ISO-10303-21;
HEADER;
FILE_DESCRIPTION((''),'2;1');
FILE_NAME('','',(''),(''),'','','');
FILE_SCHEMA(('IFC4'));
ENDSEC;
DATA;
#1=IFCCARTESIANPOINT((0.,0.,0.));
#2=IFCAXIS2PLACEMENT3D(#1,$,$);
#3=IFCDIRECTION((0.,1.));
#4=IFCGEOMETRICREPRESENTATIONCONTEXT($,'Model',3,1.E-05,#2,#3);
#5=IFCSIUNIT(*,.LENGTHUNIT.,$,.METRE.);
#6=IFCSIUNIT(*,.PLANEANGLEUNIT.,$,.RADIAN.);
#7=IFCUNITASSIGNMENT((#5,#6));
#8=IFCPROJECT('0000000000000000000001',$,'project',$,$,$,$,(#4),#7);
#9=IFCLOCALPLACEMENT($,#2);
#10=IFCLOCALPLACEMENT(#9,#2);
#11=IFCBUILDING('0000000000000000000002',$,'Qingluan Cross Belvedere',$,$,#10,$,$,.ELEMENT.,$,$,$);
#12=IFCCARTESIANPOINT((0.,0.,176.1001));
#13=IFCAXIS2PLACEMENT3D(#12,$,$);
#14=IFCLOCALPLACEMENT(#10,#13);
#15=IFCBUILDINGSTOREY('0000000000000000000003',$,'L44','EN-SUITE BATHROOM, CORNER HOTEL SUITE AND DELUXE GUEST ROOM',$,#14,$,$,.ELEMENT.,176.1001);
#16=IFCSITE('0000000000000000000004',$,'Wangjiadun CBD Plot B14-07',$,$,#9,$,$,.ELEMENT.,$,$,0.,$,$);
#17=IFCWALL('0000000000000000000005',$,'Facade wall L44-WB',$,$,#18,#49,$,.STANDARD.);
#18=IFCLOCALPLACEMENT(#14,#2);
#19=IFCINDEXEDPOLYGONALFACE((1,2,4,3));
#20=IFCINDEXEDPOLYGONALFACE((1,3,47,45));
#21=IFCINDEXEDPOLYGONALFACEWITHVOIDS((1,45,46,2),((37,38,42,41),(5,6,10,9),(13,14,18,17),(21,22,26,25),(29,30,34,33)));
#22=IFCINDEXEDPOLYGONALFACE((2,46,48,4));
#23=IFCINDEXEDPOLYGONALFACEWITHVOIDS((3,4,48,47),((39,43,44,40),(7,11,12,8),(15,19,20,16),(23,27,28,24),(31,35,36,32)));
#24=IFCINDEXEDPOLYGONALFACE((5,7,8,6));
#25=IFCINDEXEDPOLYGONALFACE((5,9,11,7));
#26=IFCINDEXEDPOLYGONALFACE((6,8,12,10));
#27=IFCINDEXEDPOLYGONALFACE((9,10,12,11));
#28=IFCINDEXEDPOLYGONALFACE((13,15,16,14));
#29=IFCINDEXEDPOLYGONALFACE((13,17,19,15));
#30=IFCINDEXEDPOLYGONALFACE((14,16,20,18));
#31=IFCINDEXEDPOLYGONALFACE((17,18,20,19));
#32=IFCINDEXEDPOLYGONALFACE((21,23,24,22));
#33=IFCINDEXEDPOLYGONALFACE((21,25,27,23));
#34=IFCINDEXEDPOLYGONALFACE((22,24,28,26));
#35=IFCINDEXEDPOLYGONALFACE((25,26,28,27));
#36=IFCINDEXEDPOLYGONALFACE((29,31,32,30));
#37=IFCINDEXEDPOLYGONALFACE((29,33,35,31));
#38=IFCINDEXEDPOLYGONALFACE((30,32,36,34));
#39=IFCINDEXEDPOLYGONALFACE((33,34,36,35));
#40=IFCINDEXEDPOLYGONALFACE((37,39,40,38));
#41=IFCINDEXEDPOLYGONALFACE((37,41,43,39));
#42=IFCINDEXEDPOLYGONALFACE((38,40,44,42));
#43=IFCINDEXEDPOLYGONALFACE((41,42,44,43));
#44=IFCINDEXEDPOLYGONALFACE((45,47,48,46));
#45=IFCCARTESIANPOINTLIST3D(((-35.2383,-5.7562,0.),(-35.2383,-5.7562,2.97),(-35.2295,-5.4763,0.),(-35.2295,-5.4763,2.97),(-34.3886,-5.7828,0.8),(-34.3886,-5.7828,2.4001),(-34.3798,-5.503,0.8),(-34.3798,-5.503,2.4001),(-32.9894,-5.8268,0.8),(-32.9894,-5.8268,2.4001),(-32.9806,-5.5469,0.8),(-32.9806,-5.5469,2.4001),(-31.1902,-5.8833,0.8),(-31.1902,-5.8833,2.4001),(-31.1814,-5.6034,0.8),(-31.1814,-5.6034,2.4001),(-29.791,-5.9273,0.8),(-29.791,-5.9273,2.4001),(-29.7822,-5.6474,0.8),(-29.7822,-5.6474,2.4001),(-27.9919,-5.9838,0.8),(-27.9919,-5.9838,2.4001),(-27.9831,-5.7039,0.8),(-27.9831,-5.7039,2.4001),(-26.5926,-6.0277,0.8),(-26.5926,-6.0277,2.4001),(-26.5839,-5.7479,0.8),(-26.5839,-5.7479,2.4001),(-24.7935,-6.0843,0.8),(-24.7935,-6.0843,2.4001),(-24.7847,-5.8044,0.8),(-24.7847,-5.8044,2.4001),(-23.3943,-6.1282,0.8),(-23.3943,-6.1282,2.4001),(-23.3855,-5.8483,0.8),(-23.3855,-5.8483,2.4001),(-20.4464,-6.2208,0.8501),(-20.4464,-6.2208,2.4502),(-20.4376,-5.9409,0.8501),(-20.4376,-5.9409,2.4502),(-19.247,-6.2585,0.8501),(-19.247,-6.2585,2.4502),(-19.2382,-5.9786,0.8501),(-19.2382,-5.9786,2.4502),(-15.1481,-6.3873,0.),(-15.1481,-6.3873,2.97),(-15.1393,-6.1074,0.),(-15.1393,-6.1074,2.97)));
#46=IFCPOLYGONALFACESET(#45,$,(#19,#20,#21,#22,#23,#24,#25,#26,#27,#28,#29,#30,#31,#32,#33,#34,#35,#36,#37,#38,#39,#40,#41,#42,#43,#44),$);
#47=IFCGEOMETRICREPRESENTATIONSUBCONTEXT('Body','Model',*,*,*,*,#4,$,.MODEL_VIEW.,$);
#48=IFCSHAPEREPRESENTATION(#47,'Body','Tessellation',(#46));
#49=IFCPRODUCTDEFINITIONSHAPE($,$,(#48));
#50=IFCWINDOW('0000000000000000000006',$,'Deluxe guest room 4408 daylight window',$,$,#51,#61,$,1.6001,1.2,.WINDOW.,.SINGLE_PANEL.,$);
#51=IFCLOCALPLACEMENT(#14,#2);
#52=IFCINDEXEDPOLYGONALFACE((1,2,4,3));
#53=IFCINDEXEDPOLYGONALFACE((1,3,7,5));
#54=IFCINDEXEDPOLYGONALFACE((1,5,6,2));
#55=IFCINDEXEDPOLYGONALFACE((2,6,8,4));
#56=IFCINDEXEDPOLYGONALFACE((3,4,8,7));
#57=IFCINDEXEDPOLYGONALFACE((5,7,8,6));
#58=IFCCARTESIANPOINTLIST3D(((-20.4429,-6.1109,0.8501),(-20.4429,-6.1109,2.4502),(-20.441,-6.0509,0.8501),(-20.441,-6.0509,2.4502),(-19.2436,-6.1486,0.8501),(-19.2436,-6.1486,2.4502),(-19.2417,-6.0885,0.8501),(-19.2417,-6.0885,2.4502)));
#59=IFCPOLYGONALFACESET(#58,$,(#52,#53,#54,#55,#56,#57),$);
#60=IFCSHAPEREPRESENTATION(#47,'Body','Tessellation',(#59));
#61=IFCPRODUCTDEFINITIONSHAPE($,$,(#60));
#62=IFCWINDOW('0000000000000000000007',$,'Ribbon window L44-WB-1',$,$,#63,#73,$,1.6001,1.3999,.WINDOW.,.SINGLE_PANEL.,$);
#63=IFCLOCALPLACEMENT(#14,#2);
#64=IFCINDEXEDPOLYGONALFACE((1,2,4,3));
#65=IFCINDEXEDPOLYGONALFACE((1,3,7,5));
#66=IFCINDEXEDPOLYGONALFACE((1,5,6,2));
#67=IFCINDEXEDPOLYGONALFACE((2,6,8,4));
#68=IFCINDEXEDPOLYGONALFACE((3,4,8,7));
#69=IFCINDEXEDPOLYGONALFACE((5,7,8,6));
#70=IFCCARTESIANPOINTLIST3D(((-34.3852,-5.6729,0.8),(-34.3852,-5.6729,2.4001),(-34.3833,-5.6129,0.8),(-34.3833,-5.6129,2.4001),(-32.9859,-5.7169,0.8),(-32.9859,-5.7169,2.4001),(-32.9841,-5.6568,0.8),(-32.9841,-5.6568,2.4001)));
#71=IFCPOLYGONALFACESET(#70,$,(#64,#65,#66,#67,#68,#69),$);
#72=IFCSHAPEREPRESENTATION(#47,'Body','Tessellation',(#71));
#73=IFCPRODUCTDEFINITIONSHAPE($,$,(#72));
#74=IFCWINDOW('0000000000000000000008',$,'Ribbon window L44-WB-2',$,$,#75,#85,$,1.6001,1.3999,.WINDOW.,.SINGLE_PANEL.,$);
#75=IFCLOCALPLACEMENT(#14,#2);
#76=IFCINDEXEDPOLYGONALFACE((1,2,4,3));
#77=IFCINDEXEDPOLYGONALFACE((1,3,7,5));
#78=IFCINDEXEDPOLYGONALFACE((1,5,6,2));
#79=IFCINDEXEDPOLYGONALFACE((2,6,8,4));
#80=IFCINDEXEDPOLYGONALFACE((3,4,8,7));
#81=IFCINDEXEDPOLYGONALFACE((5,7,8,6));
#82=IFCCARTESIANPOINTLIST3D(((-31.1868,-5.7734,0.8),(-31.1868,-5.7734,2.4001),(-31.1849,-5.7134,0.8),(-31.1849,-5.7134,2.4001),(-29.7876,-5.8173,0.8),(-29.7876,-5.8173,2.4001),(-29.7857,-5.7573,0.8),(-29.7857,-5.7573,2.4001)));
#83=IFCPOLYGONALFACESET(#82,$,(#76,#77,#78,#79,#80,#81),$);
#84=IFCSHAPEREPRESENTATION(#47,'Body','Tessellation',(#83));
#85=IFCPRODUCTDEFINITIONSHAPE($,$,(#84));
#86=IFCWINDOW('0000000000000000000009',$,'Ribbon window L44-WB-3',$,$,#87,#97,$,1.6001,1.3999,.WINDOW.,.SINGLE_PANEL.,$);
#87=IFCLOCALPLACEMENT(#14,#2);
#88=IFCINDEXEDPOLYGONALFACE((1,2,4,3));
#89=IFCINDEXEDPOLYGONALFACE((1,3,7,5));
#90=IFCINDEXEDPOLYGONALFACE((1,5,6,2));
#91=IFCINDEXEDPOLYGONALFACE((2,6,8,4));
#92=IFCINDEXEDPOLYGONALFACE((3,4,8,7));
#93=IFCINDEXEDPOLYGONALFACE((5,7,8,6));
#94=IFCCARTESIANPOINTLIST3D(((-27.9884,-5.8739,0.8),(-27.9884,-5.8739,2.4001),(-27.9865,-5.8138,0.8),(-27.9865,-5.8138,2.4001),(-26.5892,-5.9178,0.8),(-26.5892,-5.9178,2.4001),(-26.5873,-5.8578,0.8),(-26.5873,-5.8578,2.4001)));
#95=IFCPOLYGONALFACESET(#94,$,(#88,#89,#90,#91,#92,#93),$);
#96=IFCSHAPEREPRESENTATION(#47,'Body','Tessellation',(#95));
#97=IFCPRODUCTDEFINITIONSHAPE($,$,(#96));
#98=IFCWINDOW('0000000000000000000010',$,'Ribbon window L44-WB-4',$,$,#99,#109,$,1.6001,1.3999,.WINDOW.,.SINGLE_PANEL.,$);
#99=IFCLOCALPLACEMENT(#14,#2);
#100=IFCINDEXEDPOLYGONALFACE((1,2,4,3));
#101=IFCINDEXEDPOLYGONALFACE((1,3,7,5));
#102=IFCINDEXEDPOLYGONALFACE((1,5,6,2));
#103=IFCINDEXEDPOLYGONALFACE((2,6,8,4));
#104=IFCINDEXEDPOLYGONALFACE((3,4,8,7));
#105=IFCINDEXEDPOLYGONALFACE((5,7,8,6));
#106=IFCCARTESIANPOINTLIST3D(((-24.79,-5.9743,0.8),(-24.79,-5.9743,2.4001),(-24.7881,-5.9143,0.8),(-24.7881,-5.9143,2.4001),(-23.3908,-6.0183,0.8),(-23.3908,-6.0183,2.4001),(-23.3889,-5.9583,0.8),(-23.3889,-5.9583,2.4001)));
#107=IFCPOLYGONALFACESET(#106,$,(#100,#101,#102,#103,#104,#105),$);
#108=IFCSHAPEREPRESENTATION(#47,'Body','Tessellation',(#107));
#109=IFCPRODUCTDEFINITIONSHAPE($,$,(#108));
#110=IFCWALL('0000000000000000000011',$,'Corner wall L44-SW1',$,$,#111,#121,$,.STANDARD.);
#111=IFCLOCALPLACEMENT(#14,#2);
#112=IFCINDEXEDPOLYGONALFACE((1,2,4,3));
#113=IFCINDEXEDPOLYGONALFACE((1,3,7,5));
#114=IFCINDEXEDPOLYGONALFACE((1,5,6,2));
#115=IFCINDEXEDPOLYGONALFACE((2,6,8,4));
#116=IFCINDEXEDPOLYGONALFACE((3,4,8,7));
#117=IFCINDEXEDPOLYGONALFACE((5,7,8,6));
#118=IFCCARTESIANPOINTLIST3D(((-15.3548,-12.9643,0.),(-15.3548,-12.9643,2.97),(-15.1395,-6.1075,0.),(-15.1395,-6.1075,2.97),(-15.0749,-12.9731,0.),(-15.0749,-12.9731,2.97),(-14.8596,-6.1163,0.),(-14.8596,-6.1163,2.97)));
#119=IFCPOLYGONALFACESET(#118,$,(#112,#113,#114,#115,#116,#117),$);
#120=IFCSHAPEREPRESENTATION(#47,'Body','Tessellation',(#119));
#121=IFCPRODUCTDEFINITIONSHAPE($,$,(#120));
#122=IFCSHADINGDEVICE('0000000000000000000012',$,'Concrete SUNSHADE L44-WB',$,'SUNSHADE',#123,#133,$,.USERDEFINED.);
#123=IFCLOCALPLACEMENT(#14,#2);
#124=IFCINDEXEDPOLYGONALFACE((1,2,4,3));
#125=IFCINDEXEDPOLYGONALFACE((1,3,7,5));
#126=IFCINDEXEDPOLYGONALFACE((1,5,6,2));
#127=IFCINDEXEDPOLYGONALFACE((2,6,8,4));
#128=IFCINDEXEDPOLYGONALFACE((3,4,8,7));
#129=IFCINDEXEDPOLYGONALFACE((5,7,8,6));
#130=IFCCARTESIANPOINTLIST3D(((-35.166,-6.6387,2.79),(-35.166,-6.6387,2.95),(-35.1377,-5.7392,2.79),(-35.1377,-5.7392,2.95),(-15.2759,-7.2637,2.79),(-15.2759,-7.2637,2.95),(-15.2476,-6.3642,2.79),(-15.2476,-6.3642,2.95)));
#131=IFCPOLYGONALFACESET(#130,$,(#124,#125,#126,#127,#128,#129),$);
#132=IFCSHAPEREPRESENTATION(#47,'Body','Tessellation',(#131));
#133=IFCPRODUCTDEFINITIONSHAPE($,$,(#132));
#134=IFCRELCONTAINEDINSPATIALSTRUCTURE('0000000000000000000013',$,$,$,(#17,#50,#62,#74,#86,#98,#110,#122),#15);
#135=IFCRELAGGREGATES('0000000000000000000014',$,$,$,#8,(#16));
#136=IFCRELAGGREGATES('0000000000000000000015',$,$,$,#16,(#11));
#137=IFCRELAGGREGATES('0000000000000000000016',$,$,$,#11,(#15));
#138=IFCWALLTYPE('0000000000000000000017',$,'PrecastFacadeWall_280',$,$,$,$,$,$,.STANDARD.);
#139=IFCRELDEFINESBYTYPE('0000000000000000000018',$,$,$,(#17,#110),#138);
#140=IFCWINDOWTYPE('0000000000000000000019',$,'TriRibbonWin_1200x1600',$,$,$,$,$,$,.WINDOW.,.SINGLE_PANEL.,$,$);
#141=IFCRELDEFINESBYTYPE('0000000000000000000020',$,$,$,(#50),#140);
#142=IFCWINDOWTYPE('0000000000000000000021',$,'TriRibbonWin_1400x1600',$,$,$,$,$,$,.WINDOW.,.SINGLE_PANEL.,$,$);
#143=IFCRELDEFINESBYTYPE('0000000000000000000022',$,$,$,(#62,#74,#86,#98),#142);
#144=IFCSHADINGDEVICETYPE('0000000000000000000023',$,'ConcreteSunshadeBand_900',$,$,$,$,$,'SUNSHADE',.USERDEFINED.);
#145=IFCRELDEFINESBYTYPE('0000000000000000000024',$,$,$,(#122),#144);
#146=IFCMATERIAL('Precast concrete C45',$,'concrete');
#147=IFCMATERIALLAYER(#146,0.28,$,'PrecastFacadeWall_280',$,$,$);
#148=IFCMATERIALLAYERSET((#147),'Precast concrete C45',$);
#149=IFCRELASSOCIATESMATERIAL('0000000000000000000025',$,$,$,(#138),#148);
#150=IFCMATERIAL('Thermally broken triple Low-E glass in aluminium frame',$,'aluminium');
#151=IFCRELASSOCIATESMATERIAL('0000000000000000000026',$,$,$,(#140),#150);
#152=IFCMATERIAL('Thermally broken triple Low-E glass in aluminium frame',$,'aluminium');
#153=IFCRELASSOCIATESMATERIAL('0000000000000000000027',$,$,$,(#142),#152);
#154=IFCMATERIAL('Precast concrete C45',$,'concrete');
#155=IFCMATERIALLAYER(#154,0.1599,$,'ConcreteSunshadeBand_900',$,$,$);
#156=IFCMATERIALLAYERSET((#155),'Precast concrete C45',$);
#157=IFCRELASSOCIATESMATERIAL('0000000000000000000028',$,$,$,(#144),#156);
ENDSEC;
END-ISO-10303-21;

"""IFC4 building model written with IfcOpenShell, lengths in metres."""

from ifc_helpers import new_model, si_unit, direction, frame, frame_2d, origin, origin_2d, place, context, subcontext, project, spatial, rectangle, extrude, material, layer, layer_set, type_object, element, fill, save


model = new_model("IFC4")

# Units and contexts
model_context = context("Model", 3, precision=1e-05, world=origin(), true_north=direction((0.0, 1.0)))
body_context = subcontext(model_context, "Body", "Model", "MODEL_VIEW")
ifc_project = project(units=[si_unit("LENGTHUNIT", "METRE"), si_unit("PLANEANGLEUNIT", "RADIAN")], contexts=[model_context])

# Site, building, storey
site_placement = place(None, origin())
site = spatial("IfcSite", under=ifc_project, at=site_placement, Name="Wangjiadun CBD Plot B14-07", CompositionType="ELEMENT", RefElevation=0.0)
building_placement = place(site_placement, origin())
building = spatial("IfcBuilding", under=site, at=building_placement, Name="Qingluan Cross Belvedere", CompositionType="ELEMENT")
storey_placement = place(building_placement, frame((0.0, 0.0, 176.1001)))
storey = spatial("IfcBuildingStorey", under=building, at=storey_placement, Name="L44", Description="EN-SUITE BATHROOM, CORNER HOTEL SUITE AND DELUXE GUEST ROOM", CompositionType="ELEMENT", Elevation=176.1001)

# Wall, openings, windows
ifc_material_1 = material(Name="Precast concrete C45", Category="concrete")
ifc_layer_1 = layer(ifc_material_1, 0.28, Name="PrecastFacadeWall_280")
ifc_layer_set_1 = layer_set([ifc_layer_1], Name="Precast concrete C45")
wall_type_1 = type_object("IfcWallType", Name="PrecastFacadeWall_280", PredefinedType="STANDARD", material=ifc_layer_set_1)
wall_1_placement = place(storey_placement, frame((-35.2339, -5.6162, 0.0), z_axis=(0.0, 0.0, 1.0), x_axis=(0.999507, -0.031398, 0.0)))
wall_1 = element("IfcWall", 1, at=wall_1_placement, inside=storey, type_object=wall_type_1, Name="Facade wall L44-WB", PredefinedType="STANDARD", context=body_context, shape_type="SweptSolid", body=[
    extrude(rectangle(XDim=20.1001, YDim=0.28, at=frame_2d((10.05, 0.0))), origin(), (0.0, 0.0, 1.0), 2.97),
])
opening_1_placement = place(wall_1_placement, frame((0.8501, 0.0, 0.8)))
opening_1 = element("IfcOpeningElement", 2, at=opening_1_placement, cuts=wall_1, PredefinedType="OPENING", context=body_context, shape_type="SweptSolid", body=[
    extrude(rectangle(XDim=1.3999, YDim=1.6001, at=frame_2d((0.7, 0.8))), frame((0.0, 0.1499, 0.0), z_axis=(0.0, -1.0, 0.0), x_axis=(1.0, 0.0, 0.0)), (0.0, 0.0, 1.0), 0.3),
])
opening_2_placement = place(wall_1_placement, frame((4.05, 0.0, 0.8)))
opening_2 = element("IfcOpeningElement", 3, at=opening_2_placement, cuts=wall_1, PredefinedType="OPENING", context=body_context, shape_type="SweptSolid", body=[
    extrude(rectangle(XDim=1.3999, YDim=1.6001, at=frame_2d((0.7, 0.8))), frame((0.0, 0.1499, 0.0), z_axis=(0.0, -1.0, 0.0), x_axis=(1.0, 0.0, 0.0)), (0.0, 0.0, 1.0), 0.3),
])
opening_3_placement = place(wall_1_placement, frame((7.25, 0.0, 0.8)))
opening_3 = element("IfcOpeningElement", 4, at=opening_3_placement, cuts=wall_1, PredefinedType="OPENING", context=body_context, shape_type="SweptSolid", body=[
    extrude(rectangle(XDim=1.3999, YDim=1.6001, at=frame_2d((0.7, 0.8))), frame((0.0, 0.1499, 0.0), z_axis=(0.0, -1.0, 0.0), x_axis=(1.0, 0.0, 0.0)), (0.0, 0.0, 1.0), 0.3),
])
opening_4_placement = place(wall_1_placement, frame((10.45, 0.0, 0.8)))
opening_4 = element("IfcOpeningElement", 5, at=opening_4_placement, cuts=wall_1, PredefinedType="OPENING", context=body_context, shape_type="SweptSolid", body=[
    extrude(rectangle(XDim=1.3999, YDim=1.6001, at=frame_2d((0.7, 0.8))), frame((0.0, 0.1499, 0.0), z_axis=(0.0, -1.0, 0.0), x_axis=(1.0, 0.0, 0.0)), (0.0, 0.0, 1.0), 0.3),
])
opening_5_placement = place(wall_1_placement, frame((14.7991, 0.0, 0.8501)))
opening_5 = element("IfcOpeningElement", 6, at=opening_5_placement, cuts=wall_1, PredefinedType="OPENING", context=body_context, shape_type="SweptSolid", body=[
    extrude(rectangle(XDim=1.2, YDim=1.6001, at=frame_2d((0.6001, 0.8))), frame((0.0, 0.1499, 0.0), z_axis=(0.0, -1.0, 0.0), x_axis=(1.0, 0.0, 0.0)), (0.0, 0.0, 1.0), 0.3),
])
ifc_material_2 = material(Name="Thermally broken triple Low-E glass in aluminium frame", Category="aluminium")
window_type_1 = type_object("IfcWindowType", Name="TriRibbonWin_1200x1600", PartitioningType="SINGLE_PANEL", PredefinedType="WINDOW", material=ifc_material_2)
window_1_placement = place(opening_5_placement, origin())
window_1 = element("IfcWindow", 7, at=window_1_placement, inside=storey, type_object=window_type_1, Name="Deluxe guest room 4408 daylight window", OverallHeight=1.6001, OverallWidth=1.2, PartitioningType="SINGLE_PANEL", PredefinedType="WINDOW", context=body_context, shape_type="SweptSolid", body=[
    extrude(rectangle(XDim=1.2, YDim=1.6001, at=frame_2d((0.6001, 0.8))), frame((0.0, 0.03, 0.0), z_axis=(0.0, -1.0, 0.0), x_axis=(1.0, 0.0, 0.0)), (0.0, 0.0, 1.0), 0.0601),
])
fill(opening_5, window_1)
ifc_material_3 = material(Name="Thermally broken triple Low-E glass in aluminium frame", Category="aluminium")
window_type_2 = type_object("IfcWindowType", Name="TriRibbonWin_1400x1600", PartitioningType="SINGLE_PANEL", PredefinedType="WINDOW", material=ifc_material_3)
window_2_placement = place(opening_1_placement, origin())
window_2 = element("IfcWindow", 8, at=window_2_placement, inside=storey, type_object=window_type_2, Name="Ribbon window L44-WB-1", OverallHeight=1.6001, OverallWidth=1.3999, PartitioningType="SINGLE_PANEL", PredefinedType="WINDOW", context=body_context, shape_type="SweptSolid", body=[
    extrude(rectangle(XDim=1.3999, YDim=1.6001, at=frame_2d((0.7, 0.8))), frame((0.0, 0.03, 0.0), z_axis=(0.0, -1.0, 0.0), x_axis=(1.0, 0.0, 0.0)), (0.0, 0.0, 1.0), 0.0601),
])
fill(opening_1, window_2)
window_3_placement = place(opening_2_placement, origin())
window_3 = element("IfcWindow", 9, at=window_3_placement, inside=storey, type_object=window_type_2, Name="Ribbon window L44-WB-2", OverallHeight=1.6001, OverallWidth=1.3999, PartitioningType="SINGLE_PANEL", PredefinedType="WINDOW", context=body_context, shape_type="SweptSolid", body=[
    extrude(rectangle(XDim=1.3999, YDim=1.6001, at=frame_2d((0.7, 0.8))), frame((0.0, 0.03, 0.0), z_axis=(0.0, -1.0, 0.0), x_axis=(1.0, 0.0, 0.0)), (0.0, 0.0, 1.0), 0.0601),
])
fill(opening_2, window_3)
window_4_placement = place(opening_3_placement, origin())
window_4 = element("IfcWindow", 10, at=window_4_placement, inside=storey, type_object=window_type_2, Name="Ribbon window L44-WB-3", OverallHeight=1.6001, OverallWidth=1.3999, PartitioningType="SINGLE_PANEL", PredefinedType="WINDOW", context=body_context, shape_type="SweptSolid", body=[
    extrude(rectangle(XDim=1.3999, YDim=1.6001, at=frame_2d((0.7, 0.8))), frame((0.0, 0.03, 0.0), z_axis=(0.0, -1.0, 0.0), x_axis=(1.0, 0.0, 0.0)), (0.0, 0.0, 1.0), 0.0601),
])
fill(opening_3, window_4)
window_5_placement = place(opening_4_placement, origin())
window_5 = element("IfcWindow", 11, at=window_5_placement, inside=storey, type_object=window_type_2, Name="Ribbon window L44-WB-4", OverallHeight=1.6001, OverallWidth=1.3999, PartitioningType="SINGLE_PANEL", PredefinedType="WINDOW", context=body_context, shape_type="SweptSolid", body=[
    extrude(rectangle(XDim=1.3999, YDim=1.6001, at=frame_2d((0.7, 0.8))), frame((0.0, 0.03, 0.0), z_axis=(0.0, -1.0, 0.0), x_axis=(1.0, 0.0, 0.0)), (0.0, 0.0, 1.0), 0.0601),
])
fill(opening_4, window_5)

# Wall
wall_2_placement = place(storey_placement, frame((-14.9995, -6.1118, 0.0), z_axis=(0.0, 0.0, 1.0), x_axis=(-0.031389, -0.999507, 0.0)))
element("IfcWall", 12, at=wall_2_placement, inside=storey, type_object=wall_type_1, Name="Corner wall L44-SW1", PredefinedType="STANDARD", context=body_context, shape_type="SweptSolid", body=[
    extrude(rectangle(XDim=6.8601, YDim=0.28, at=frame_2d((3.4302, 0.0))), origin(), (0.0, 0.0, 1.0), 2.97),
])

# Shading device
ifc_material_4 = material(Name="Precast concrete C45", Category="concrete")
ifc_layer_2 = layer(ifc_material_4, 0.1599, Name="ConcreteSunshadeBand_900")
ifc_layer_set_2 = layer_set([ifc_layer_2], Name="Precast concrete C45")
shading_device_type = type_object("IfcShadingDeviceType", Name="ConcreteSunshadeBand_900", ElementType="SUNSHADE", PredefinedType="USERDEFINED", material=ifc_layer_set_2)
shading_device_placement = place(storey_placement, frame((-25.2068, -6.5015, 2.79), z_axis=(0.0, 0.0, 1.0), x_axis=(0.999507, -0.031408, 0.0)))
element("IfcShadingDevice", 13, at=shading_device_placement, inside=storey, type_object=shading_device_type, Name="Concrete SUNSHADE L44-WB", ObjectType="SUNSHADE", PredefinedType="USERDEFINED", context=body_context, shape_type="SweptSolid", body=[
    extrude(rectangle(XDim=19.8999, YDim=0.8999, at=origin_2d()), origin(), (0.0, 0.0, 1.0), 0.1599),
])

save(model, "model.ifc")
